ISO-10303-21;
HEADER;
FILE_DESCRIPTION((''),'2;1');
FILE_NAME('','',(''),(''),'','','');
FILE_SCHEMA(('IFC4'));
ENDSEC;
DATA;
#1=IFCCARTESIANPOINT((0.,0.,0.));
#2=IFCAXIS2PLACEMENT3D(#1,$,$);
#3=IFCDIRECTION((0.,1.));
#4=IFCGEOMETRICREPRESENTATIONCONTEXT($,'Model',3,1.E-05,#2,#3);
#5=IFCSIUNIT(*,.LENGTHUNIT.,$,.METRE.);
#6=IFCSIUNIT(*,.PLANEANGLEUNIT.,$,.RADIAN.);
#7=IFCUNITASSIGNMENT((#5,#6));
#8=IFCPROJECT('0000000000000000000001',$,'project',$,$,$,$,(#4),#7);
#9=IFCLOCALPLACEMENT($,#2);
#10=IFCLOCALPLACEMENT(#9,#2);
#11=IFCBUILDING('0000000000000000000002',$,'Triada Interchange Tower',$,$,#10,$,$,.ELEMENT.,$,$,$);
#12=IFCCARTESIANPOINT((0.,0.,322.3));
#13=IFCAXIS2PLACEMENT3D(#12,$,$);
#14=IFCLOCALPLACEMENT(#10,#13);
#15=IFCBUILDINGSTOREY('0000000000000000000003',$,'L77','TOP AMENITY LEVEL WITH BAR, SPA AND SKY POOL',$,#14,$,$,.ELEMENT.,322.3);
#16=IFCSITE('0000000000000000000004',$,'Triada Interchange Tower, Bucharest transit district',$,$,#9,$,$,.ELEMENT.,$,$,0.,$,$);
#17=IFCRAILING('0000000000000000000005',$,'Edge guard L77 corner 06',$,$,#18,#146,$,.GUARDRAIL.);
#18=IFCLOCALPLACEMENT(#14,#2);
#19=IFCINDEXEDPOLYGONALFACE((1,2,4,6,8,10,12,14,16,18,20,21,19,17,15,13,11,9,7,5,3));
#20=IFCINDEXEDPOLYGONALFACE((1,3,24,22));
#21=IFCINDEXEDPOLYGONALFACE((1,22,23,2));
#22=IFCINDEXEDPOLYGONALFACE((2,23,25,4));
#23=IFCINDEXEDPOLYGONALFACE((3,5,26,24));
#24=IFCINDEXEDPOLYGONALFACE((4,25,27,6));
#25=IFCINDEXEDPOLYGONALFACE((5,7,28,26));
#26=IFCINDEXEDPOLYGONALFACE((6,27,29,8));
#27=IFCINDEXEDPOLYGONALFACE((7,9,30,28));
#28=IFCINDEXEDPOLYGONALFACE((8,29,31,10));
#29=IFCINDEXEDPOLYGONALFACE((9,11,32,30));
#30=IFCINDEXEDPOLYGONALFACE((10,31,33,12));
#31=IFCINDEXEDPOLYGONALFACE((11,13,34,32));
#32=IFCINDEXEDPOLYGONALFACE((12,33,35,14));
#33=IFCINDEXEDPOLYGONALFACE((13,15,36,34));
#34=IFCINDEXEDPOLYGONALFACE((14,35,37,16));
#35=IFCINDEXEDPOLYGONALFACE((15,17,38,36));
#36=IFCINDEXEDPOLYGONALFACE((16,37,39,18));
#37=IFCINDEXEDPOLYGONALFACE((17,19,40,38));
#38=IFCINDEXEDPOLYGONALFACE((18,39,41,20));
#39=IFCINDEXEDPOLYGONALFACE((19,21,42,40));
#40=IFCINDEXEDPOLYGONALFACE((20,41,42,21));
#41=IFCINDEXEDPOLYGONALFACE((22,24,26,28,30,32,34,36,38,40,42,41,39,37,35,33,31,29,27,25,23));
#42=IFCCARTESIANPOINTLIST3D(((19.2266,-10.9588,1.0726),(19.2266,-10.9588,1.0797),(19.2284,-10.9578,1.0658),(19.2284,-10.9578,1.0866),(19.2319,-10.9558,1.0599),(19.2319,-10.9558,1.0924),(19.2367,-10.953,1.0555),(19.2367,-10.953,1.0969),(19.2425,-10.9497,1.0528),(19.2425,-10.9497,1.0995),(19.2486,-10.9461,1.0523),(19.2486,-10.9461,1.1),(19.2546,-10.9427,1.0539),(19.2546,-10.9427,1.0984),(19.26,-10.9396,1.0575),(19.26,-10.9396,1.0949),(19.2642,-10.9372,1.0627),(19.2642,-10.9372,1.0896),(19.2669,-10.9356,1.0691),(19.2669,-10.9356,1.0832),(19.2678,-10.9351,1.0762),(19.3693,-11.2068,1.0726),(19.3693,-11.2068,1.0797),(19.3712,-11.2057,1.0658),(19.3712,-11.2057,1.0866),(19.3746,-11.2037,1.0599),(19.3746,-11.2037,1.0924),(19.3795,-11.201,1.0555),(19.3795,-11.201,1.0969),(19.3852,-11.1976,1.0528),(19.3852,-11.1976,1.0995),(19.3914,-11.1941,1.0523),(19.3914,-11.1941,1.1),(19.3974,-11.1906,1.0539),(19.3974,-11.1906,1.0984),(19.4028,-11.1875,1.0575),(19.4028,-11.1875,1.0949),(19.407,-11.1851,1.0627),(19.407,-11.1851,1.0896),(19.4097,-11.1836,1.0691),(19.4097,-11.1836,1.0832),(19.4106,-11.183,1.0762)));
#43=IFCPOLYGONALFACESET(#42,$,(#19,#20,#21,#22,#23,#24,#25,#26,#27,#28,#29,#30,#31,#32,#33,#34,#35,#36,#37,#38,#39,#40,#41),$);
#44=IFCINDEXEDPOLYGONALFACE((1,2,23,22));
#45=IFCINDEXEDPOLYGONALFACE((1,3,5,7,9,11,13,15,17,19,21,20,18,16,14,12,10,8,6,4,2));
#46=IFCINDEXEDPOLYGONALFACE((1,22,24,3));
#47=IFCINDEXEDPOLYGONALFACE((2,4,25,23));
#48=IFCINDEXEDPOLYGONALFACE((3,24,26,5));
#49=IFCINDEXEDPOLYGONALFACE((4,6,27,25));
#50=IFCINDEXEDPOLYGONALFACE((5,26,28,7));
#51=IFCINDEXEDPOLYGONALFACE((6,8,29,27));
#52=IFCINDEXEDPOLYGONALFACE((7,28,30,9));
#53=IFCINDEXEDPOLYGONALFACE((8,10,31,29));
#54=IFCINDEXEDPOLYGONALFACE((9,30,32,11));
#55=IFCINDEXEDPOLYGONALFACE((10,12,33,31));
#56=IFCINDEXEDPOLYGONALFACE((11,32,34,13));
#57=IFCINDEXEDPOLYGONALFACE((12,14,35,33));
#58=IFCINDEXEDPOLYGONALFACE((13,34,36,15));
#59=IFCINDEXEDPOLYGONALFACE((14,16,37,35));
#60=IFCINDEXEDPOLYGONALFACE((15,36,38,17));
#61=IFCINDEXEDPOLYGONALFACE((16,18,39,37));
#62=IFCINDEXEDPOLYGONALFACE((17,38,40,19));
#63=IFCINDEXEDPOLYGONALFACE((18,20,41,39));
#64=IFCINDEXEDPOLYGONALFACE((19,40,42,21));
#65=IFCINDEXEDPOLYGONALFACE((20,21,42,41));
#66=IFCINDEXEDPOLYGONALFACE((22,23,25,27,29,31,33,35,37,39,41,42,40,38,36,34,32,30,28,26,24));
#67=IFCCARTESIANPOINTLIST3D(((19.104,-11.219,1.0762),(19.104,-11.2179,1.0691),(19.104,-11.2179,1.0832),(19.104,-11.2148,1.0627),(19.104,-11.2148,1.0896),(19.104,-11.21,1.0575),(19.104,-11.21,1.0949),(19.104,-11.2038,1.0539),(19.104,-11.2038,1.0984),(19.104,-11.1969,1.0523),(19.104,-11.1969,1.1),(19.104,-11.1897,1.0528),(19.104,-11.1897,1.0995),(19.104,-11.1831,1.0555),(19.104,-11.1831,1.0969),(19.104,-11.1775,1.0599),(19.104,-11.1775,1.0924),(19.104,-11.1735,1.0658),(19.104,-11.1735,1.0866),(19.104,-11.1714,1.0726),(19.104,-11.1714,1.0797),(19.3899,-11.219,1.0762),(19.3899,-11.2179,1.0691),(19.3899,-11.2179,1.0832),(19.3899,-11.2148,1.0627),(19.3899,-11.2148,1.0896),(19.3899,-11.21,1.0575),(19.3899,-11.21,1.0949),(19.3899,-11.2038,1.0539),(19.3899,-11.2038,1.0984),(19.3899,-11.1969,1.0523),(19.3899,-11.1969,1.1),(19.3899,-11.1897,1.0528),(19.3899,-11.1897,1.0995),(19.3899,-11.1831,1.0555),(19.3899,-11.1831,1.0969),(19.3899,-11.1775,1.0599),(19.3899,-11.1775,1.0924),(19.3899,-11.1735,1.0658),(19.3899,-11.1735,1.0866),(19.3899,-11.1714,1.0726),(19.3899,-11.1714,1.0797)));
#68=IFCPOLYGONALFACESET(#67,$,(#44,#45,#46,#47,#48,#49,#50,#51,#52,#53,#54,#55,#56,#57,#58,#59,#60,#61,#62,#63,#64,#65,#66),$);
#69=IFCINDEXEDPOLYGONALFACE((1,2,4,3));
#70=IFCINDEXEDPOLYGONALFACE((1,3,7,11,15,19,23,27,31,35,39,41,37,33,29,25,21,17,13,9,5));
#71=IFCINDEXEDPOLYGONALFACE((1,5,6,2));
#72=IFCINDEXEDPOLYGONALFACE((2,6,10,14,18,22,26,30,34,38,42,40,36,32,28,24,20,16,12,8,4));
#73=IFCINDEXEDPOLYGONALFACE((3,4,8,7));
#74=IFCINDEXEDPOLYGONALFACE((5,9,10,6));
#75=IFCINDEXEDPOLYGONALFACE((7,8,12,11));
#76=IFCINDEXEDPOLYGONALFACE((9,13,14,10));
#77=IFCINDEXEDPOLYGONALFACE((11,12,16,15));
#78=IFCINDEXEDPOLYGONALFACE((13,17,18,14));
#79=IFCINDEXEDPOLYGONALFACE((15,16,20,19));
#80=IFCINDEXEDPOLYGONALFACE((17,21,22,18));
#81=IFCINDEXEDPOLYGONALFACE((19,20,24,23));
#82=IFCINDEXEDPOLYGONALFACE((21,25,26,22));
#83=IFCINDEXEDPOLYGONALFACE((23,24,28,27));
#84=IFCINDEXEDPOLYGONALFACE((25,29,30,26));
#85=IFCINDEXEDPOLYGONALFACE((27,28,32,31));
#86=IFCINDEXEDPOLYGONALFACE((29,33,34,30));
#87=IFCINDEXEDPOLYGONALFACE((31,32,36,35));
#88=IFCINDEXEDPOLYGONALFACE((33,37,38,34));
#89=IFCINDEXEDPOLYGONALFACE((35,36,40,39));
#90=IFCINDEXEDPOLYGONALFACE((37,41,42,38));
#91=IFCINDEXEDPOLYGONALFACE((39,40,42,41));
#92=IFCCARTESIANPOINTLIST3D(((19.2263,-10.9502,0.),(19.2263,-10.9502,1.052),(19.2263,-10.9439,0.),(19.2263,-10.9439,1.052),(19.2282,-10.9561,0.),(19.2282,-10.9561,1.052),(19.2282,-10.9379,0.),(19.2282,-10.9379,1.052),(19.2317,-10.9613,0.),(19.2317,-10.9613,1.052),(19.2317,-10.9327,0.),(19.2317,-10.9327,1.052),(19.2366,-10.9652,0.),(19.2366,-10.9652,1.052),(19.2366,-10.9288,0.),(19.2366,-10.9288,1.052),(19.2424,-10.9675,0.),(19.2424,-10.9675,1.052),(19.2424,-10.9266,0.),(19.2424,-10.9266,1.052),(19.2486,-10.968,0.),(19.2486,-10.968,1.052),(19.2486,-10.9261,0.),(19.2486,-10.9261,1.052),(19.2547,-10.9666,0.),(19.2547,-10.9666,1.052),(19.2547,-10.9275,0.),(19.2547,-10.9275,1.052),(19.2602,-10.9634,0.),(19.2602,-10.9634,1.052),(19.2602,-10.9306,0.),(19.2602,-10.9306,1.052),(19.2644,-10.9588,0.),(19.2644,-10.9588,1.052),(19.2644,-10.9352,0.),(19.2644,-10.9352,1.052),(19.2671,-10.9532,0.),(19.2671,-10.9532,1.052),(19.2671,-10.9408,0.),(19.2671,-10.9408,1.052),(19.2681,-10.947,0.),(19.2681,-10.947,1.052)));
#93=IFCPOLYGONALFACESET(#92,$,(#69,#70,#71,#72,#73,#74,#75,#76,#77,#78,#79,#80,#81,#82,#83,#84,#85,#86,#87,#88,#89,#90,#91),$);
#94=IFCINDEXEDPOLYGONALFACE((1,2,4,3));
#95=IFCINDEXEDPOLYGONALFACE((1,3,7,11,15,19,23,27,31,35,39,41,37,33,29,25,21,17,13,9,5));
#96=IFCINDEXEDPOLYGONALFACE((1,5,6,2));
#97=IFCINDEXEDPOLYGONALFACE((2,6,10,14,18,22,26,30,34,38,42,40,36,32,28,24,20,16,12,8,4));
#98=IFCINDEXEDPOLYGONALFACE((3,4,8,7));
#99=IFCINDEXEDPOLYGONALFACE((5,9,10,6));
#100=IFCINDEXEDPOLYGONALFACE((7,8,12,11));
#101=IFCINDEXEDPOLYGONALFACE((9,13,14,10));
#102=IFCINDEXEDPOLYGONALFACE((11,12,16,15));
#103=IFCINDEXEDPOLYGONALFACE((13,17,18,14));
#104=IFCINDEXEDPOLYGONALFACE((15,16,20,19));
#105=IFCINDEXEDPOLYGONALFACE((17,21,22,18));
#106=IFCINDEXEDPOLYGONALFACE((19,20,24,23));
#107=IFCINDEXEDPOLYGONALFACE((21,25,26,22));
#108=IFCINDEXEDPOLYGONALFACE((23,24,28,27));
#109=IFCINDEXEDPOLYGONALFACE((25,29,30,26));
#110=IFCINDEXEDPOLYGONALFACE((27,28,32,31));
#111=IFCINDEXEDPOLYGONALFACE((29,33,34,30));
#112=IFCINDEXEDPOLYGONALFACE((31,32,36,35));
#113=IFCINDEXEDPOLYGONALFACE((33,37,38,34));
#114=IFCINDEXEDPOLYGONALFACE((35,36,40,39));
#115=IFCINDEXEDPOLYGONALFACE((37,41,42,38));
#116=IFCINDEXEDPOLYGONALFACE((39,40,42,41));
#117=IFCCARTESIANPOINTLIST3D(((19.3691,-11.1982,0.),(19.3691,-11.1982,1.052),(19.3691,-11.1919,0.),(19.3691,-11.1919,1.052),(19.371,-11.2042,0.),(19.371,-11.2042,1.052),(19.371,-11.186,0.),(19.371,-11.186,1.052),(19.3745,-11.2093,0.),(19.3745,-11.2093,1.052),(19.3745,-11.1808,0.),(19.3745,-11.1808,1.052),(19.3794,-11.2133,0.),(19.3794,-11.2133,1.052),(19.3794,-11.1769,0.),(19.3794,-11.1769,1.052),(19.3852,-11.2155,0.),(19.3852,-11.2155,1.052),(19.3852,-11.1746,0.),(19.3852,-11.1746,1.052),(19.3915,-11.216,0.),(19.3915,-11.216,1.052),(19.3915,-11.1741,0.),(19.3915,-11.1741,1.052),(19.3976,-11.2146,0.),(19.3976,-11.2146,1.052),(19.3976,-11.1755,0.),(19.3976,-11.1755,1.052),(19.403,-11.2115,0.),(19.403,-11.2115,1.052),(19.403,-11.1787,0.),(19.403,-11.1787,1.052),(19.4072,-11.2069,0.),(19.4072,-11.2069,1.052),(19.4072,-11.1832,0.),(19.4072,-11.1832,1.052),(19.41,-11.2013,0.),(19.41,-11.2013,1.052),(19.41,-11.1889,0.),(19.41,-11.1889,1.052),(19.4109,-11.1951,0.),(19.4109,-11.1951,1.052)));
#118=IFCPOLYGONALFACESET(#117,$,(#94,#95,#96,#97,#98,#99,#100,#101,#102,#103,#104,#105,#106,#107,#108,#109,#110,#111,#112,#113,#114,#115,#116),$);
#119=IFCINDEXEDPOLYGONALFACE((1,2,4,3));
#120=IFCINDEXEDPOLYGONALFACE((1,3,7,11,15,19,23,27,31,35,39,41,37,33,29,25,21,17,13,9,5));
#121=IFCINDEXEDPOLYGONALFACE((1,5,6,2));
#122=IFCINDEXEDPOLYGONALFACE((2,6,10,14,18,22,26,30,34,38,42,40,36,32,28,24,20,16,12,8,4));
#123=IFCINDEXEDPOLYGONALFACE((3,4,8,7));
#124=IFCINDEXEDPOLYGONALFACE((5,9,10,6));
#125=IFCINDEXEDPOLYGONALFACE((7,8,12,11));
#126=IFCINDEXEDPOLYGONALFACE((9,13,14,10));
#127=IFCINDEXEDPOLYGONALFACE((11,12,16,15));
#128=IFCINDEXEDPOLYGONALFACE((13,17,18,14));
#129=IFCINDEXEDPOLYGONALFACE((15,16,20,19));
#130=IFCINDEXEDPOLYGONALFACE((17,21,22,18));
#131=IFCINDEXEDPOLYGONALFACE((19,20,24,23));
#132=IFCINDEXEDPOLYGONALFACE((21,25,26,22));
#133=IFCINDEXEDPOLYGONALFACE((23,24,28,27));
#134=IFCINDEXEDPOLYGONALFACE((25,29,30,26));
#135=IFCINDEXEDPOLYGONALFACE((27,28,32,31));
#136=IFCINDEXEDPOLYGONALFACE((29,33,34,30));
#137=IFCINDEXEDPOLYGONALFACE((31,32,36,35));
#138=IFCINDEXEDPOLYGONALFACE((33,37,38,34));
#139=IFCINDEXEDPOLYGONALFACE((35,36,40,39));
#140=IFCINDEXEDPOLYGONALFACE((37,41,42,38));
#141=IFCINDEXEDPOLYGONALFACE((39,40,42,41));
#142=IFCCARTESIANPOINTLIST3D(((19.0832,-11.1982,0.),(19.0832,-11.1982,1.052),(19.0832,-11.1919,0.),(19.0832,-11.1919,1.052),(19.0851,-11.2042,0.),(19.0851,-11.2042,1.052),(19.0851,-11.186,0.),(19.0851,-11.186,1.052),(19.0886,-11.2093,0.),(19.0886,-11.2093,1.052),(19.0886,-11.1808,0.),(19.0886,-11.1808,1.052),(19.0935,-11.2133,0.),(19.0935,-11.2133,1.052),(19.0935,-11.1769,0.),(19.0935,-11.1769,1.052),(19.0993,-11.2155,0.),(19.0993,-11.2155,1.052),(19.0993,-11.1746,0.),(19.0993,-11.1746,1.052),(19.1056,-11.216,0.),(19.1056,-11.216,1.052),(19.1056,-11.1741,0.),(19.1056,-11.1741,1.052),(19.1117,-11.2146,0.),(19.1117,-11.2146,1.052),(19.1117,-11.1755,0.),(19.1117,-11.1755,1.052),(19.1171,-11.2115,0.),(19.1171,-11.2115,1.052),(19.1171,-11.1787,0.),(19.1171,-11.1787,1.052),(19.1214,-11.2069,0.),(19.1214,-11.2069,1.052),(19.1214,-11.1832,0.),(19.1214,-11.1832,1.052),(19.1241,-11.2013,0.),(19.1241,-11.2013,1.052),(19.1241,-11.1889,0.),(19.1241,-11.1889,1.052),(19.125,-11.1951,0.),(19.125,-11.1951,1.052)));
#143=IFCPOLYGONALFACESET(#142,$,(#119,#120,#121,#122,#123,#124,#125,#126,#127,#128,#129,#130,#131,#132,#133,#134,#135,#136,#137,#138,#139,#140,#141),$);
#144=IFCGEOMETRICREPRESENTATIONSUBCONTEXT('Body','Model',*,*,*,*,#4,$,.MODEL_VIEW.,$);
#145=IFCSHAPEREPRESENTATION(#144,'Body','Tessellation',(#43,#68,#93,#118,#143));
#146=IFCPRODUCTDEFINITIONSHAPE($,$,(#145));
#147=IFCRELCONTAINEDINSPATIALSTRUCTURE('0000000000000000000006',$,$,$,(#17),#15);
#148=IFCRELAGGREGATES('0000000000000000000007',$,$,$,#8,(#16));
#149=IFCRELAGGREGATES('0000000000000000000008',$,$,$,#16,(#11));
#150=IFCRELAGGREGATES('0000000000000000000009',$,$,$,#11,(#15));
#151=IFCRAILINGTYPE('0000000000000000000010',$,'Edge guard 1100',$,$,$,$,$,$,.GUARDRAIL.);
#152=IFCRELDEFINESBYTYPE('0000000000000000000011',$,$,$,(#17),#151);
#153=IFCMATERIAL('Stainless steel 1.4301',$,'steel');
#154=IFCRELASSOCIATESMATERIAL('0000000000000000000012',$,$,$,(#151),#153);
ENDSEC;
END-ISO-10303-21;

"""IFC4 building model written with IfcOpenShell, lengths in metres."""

from ifc_helpers import new_model, si_unit, direction, frame, origin, origin_2d, place, context, subcontext, project, spatial, circle, extrude, material, type_object, element, save


model = new_model("IFC4")

# Units and contexts
model_context = context("Model", 3, precision=1e-05, world=origin(), true_north=direction((0.0, 1.0)))
body_context = subcontext(model_context, "Body", "Model", "MODEL_VIEW")
ifc_project = project(units=[si_unit("LENGTHUNIT", "METRE"), si_unit("PLANEANGLEUNIT", "RADIAN")], contexts=[model_context])

# Site, building, storey
site_placement = place(None, origin())
site = spatial("IfcSite", under=ifc_project, at=site_placement, Name="Triada Interchange Tower, Bucharest transit district", CompositionType="ELEMENT", RefElevation=0.0)
building_placement = place(site_placement, origin())
building = spatial("IfcBuilding", under=site, at=building_placement, Name="Triada Interchange Tower", CompositionType="ELEMENT")
storey_placement = place(building_placement, frame((0.0, 0.0, 322.3)))
storey = spatial("IfcBuildingStorey", under=building, at=storey_placement, Name="L77", Description="TOP AMENITY LEVEL WITH BAR, SPA AND SKY POOL", CompositionType="ELEMENT", Elevation=322.3)

# Railing
ifc_material_1 = material(Name="Stainless steel 1.4301", Category="steel")
railing_type = type_object("IfcRailingType", Name="Edge guard 1100", PredefinedType="GUARDRAIL", material=ifc_material_1)
railing_1_placement = place(storey_placement, frame((19.2471, -10.947, 0.0)))
element("IfcRailing", 1, at=railing_1_placement, inside=storey, type_object=railing_type, Name="Edge guard L77 corner 06", PredefinedType="GUARDRAIL", context=body_context, shape_type="SweptSolid", body=[
    extrude(circle(Radius=0.0239, at=origin_2d()), frame((0.0, 0.0, 1.0762), z_axis=(0.498984, -0.866611, 0.0), x_axis=(0.866611, 0.498984, 0.0)), (0.0, 0.0, 1.0), 0.2861),
    extrude(circle(Radius=0.0239, at=origin_2d()), frame((0.1428, -0.248, 1.0762), z_axis=(-1.0, 0.0, 0.0), x_axis=(0.0, -1.0, 0.0)), (0.0, 0.0, 1.0), 0.2859),
    extrude(circle(Radius=0.021, at=origin_2d()), origin(), (0.0, 0.0, 1.0), 1.052),
    extrude(circle(Radius=0.021, at=origin_2d()), frame((0.1428, -0.248, 0.0)), (0.0, 0.0, 1.0), 1.052),
    extrude(circle(Radius=0.021, at=origin_2d()), frame((-0.1431, -0.248, 0.0)), (0.0, 0.0, 1.0), 1.052),
])

save(model, "model.ifc")
